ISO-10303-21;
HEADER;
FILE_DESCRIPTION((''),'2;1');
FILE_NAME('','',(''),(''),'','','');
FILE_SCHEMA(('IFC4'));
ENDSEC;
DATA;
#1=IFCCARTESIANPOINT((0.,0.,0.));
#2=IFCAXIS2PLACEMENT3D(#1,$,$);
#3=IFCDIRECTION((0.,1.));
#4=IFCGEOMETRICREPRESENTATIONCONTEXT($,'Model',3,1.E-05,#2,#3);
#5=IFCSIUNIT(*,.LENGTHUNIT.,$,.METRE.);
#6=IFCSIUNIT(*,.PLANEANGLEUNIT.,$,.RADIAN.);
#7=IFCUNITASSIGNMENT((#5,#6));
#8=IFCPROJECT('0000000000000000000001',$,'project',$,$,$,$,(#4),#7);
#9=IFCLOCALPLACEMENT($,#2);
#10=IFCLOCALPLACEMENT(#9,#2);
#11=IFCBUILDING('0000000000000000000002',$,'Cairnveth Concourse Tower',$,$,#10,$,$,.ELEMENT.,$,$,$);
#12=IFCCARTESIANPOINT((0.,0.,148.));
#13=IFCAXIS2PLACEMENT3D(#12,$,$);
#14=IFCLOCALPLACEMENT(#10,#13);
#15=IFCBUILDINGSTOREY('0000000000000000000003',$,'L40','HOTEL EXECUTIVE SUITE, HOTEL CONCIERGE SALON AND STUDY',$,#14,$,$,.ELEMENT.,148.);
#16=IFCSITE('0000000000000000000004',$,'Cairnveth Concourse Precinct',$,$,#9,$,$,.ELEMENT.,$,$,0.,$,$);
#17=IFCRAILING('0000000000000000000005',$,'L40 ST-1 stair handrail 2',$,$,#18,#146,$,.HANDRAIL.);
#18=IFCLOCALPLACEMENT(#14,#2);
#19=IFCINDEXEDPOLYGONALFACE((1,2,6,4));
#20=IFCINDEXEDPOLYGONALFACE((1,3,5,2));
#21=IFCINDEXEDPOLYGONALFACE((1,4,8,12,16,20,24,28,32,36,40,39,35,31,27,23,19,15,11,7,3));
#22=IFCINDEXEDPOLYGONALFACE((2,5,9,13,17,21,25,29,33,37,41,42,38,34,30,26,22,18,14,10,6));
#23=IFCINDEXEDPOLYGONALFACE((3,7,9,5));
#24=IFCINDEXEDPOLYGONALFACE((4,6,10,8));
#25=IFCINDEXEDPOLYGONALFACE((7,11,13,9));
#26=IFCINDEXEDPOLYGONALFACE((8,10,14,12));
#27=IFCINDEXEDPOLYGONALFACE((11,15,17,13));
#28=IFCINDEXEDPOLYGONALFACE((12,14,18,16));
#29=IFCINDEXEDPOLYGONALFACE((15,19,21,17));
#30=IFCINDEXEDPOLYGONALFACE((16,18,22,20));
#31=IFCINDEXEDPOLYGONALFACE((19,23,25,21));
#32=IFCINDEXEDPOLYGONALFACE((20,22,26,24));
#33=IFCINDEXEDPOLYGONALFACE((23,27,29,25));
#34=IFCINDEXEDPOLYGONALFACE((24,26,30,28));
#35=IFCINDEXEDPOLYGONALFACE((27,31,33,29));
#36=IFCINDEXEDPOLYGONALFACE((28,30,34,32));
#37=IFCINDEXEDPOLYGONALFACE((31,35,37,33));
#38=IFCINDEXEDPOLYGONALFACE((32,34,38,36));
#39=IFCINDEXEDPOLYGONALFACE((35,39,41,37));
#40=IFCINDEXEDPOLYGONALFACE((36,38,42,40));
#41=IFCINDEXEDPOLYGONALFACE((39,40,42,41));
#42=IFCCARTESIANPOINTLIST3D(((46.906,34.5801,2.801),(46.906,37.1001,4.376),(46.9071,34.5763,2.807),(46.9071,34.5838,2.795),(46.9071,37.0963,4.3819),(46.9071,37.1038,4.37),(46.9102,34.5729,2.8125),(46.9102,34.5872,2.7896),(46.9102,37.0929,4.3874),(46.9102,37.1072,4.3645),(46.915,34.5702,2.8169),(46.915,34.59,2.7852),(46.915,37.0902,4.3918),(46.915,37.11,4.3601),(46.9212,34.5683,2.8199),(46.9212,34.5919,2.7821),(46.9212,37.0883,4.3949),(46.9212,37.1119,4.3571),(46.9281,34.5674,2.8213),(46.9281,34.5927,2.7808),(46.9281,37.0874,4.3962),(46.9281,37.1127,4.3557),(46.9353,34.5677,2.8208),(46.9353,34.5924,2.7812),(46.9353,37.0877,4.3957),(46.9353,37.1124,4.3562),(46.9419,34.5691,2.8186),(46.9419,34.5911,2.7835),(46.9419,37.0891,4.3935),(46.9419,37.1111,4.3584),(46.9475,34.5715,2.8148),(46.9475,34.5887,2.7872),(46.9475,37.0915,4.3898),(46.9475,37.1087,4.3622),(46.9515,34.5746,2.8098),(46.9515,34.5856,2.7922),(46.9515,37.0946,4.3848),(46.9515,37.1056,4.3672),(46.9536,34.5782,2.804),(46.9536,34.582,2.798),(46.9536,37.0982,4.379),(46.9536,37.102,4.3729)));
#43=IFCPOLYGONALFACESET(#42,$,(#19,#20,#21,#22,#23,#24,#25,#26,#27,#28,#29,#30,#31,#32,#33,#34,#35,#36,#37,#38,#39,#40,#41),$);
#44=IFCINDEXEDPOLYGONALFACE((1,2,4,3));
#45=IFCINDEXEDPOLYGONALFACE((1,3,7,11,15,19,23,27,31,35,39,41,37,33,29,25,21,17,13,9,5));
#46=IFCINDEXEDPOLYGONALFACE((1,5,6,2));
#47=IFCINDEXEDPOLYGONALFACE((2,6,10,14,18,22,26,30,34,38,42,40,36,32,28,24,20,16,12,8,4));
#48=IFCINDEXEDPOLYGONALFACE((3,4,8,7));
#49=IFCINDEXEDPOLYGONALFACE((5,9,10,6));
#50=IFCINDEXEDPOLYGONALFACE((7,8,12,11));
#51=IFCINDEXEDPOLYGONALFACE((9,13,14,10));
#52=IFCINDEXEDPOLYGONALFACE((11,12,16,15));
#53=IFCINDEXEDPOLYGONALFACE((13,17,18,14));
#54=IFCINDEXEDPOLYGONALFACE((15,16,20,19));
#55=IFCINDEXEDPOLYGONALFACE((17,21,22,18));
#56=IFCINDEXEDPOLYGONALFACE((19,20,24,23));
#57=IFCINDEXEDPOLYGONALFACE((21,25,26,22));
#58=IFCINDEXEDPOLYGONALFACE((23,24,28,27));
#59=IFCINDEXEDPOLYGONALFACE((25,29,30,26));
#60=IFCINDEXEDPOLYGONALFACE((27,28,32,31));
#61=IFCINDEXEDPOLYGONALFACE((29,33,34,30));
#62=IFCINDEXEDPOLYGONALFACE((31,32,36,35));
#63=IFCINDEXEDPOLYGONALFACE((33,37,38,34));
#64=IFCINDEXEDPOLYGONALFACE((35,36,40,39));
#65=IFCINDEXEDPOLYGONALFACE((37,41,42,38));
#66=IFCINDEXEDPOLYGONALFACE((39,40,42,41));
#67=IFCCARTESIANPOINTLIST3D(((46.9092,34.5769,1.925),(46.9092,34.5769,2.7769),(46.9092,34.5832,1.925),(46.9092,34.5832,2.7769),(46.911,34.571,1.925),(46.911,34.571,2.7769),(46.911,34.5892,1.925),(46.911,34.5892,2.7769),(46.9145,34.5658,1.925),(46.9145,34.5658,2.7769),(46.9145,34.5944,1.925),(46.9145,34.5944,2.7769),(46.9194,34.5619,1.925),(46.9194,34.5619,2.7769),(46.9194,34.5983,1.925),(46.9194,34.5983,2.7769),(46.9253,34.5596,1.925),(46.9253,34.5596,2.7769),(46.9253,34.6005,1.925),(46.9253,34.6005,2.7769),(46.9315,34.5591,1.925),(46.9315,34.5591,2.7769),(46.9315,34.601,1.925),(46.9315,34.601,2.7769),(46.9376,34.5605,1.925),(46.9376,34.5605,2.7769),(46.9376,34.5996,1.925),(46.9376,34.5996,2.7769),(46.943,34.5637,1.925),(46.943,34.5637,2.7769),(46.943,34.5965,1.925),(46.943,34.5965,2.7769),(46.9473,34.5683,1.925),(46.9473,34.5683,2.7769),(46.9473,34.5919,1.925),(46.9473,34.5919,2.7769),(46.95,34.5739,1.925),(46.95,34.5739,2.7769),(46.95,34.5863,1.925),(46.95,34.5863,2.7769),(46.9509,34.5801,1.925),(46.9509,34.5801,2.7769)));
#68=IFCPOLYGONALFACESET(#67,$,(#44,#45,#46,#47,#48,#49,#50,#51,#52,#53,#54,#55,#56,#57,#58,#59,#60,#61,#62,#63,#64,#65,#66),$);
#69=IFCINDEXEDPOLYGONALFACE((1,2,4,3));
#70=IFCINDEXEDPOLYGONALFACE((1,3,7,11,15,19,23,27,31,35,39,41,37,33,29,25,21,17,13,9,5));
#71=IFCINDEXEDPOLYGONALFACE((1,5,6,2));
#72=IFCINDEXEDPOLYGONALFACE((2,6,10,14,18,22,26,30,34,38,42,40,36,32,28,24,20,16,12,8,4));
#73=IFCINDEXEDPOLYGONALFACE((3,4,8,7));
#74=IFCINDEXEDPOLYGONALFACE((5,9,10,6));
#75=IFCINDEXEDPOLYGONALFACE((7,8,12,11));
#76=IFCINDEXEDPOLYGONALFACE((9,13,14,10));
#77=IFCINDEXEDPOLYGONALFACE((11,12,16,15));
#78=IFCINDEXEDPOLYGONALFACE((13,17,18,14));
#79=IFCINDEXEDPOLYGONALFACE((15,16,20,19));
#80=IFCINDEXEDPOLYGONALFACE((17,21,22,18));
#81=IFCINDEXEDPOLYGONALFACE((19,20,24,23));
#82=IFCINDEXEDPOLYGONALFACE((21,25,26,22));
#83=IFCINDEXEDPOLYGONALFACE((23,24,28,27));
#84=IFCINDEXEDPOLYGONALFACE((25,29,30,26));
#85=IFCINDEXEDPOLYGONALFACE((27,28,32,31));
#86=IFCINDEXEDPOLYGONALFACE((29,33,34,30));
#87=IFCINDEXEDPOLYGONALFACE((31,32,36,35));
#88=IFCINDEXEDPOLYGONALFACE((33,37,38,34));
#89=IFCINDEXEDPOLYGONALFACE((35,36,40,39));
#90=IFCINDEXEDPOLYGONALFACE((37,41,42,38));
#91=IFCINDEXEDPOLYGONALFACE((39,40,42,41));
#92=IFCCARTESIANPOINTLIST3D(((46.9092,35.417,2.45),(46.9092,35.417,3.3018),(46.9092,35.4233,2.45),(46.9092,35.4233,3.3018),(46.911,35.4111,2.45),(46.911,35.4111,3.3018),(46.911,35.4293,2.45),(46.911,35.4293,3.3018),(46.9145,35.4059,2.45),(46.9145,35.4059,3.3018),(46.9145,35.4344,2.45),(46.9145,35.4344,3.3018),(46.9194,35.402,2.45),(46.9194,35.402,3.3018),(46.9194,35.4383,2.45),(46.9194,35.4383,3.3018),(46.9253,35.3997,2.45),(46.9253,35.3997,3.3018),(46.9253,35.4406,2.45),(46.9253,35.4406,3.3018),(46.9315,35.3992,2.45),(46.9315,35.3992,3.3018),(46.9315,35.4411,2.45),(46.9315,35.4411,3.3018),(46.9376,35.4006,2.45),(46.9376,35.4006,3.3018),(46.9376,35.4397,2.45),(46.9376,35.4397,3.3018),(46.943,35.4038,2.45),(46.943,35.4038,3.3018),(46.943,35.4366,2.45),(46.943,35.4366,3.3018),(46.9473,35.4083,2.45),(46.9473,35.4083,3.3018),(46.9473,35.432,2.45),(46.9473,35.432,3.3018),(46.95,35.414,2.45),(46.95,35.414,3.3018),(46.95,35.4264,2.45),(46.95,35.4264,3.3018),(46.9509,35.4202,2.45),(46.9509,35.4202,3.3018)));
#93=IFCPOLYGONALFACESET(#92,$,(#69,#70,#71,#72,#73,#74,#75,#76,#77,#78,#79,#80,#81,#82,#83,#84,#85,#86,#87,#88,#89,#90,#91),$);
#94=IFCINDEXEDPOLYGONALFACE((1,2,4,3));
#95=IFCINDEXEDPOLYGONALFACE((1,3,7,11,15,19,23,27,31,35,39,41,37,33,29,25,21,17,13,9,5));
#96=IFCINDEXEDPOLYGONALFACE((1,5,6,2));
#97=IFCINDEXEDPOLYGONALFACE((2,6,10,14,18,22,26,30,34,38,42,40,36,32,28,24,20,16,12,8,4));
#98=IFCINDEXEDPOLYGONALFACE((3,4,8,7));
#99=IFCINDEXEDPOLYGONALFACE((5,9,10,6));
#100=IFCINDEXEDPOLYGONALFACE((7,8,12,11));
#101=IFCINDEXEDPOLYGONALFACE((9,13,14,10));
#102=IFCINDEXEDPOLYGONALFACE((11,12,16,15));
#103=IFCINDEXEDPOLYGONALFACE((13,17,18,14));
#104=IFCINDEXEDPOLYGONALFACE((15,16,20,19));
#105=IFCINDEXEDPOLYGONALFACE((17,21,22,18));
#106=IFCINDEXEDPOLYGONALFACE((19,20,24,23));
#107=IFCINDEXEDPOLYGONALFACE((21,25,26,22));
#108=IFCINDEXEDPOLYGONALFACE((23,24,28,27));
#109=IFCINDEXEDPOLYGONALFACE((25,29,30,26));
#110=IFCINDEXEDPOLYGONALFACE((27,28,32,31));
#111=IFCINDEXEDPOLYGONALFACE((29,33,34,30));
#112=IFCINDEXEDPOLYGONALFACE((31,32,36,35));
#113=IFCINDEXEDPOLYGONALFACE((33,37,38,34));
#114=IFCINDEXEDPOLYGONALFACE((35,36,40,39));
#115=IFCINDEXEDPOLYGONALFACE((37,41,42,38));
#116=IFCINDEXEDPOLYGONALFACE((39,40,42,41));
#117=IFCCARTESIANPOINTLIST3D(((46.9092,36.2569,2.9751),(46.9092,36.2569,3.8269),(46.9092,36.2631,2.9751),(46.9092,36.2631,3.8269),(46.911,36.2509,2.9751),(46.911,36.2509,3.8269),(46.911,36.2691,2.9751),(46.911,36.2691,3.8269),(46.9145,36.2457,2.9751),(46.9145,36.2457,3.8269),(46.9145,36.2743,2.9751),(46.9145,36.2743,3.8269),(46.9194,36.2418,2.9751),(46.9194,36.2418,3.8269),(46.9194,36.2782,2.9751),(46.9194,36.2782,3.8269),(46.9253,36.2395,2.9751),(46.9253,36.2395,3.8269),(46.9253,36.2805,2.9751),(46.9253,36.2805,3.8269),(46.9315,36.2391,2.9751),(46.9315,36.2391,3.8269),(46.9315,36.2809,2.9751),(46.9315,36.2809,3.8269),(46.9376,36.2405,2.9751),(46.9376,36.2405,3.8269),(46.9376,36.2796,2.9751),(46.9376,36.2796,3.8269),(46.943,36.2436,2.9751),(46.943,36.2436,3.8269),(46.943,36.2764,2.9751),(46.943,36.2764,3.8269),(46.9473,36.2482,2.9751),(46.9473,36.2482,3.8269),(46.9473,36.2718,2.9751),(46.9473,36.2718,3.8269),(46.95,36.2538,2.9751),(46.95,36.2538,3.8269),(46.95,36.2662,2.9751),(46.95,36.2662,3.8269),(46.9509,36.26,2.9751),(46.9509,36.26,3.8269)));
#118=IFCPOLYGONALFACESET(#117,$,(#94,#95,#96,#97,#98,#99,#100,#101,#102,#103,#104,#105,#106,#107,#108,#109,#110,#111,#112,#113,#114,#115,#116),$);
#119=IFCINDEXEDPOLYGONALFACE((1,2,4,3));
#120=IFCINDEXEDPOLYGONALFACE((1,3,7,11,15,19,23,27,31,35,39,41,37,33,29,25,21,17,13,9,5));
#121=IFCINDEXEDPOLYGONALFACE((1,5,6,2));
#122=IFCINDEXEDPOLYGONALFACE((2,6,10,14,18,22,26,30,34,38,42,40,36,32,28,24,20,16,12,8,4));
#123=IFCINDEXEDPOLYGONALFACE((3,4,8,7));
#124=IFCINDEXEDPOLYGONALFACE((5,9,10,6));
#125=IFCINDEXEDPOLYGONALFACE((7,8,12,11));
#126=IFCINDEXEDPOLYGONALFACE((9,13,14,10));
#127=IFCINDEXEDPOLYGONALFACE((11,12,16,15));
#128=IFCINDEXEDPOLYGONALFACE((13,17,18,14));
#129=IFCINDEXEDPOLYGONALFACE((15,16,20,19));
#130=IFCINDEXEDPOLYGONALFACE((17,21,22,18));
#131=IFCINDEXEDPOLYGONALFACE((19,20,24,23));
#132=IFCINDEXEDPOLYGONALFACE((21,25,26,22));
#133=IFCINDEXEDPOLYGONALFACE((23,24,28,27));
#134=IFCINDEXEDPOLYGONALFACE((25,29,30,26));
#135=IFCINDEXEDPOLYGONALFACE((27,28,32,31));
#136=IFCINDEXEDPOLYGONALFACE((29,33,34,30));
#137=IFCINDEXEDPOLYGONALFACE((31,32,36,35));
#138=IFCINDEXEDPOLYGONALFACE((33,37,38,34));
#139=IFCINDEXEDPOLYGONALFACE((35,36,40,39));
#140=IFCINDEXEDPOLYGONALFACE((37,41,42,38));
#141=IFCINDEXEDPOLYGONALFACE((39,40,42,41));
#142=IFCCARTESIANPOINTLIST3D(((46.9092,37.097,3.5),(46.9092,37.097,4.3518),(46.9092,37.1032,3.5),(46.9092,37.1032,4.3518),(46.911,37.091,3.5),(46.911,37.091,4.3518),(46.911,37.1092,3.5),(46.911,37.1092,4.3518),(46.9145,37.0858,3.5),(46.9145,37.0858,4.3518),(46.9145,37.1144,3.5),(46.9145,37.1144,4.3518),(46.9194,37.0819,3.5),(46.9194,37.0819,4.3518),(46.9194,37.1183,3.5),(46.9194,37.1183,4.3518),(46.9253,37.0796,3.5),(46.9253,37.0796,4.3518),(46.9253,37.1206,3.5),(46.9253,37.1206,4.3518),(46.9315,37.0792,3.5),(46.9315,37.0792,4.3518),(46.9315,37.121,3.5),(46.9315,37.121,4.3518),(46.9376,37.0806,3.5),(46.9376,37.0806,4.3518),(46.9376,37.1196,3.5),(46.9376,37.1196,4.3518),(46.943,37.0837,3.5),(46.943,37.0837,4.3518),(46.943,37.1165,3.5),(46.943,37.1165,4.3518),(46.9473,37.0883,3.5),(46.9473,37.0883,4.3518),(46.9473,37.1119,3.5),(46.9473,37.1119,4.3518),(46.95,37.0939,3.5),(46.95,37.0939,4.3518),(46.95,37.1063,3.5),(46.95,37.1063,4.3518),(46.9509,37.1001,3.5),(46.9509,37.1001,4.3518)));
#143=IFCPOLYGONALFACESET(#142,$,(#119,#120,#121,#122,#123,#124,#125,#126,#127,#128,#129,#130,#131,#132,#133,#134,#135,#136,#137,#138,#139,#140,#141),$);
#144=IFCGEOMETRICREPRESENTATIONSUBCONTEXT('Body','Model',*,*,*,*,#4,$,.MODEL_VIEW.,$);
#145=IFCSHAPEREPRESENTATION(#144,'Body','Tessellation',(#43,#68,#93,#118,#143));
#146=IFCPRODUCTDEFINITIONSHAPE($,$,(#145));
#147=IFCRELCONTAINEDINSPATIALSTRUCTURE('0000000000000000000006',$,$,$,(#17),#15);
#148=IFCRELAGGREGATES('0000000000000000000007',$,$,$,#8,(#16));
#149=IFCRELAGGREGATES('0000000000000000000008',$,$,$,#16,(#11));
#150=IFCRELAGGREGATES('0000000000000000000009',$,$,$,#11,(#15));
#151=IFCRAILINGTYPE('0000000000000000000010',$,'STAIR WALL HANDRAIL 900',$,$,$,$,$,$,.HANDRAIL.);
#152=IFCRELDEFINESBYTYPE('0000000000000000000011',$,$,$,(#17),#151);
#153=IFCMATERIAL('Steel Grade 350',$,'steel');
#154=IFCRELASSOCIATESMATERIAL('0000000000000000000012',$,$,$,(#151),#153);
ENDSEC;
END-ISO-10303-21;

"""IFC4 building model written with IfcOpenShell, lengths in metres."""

from ifc_helpers import new_model, si_unit, direction, frame, origin, origin_2d, place, context, subcontext, project, spatial, circle, extrude, material, type_object, element, save


model = new_model("IFC4")

# Units and contexts
model_context = context("Model", 3, precision=1e-05, world=origin(), true_north=direction((0.0, 1.0)))
body_context = subcontext(model_context, "Body", "Model", "MODEL_VIEW")
ifc_project = project(units=[si_unit("LENGTHUNIT", "METRE"), si_unit("PLANEANGLEUNIT", "RADIAN")], contexts=[model_context])

# Site, building, storey
site_placement = place(None, origin())
site = spatial("IfcSite", under=ifc_project, at=site_placement, Name="Cairnveth Concourse Precinct", CompositionType="ELEMENT", RefElevation=0.0)
building_placement = place(site_placement, origin())
building = spatial("IfcBuilding", under=site, at=building_placement, Name="Cairnveth Concourse Tower", CompositionType="ELEMENT")
storey_placement = place(building_placement, frame((0.0, 0.0, 148.0)))
storey = spatial("IfcBuildingStorey", under=building, at=storey_placement, Name="L40", Description="HOTEL EXECUTIVE SUITE, HOTEL CONCIERGE SALON AND STUDY", CompositionType="ELEMENT", Elevation=148.0)

# Shared definitions
ifc_material_1 = material(Name="Steel Grade 350", Category="steel")

# Railing
railing_type_1 = type_object("IfcRailingType", Name="STAIR WALL HANDRAIL 900", PredefinedType="HANDRAIL", material=ifc_material_1)
railing_1_placement = place(storey_placement, frame((46.9299, 34.5801, 1.925)))
element("IfcRailing", 1, at=railing_1_placement, inside=storey, type_object=railing_type_1, Name="L40 ST-1 stair handrail 2", PredefinedType="HANDRAIL", context=body_context, shape_type="SweptSolid", body=[
    extrude(circle(Radius=0.0239, at=origin_2d()), frame((0.0, 0.0, 0.876), z_axis=(0.0, 0.848008, 0.529984), x_axis=(-1.0, 0.0, 0.0)), (0.0, 0.0, 1.0), 2.9717),
    extrude(circle(Radius=0.021, at=origin_2d()), origin(), (0.0, 0.0, 1.0), 0.8518),
    extrude(circle(Radius=0.021, at=origin_2d()), frame((0.0, 0.8401, 0.5249)), (0.0, 0.0, 1.0), 0.8518),
    extrude(circle(Radius=0.021, at=origin_2d()), frame((0.0, 1.6799, 1.05)), (0.0, 0.0, 1.0), 0.8518),
    extrude(circle(Radius=0.021, at=origin_2d()), frame((0.0, 2.52, 1.575)), (0.0, 0.0, 1.0), 0.8518),
])

save(model, "model.ifc")
